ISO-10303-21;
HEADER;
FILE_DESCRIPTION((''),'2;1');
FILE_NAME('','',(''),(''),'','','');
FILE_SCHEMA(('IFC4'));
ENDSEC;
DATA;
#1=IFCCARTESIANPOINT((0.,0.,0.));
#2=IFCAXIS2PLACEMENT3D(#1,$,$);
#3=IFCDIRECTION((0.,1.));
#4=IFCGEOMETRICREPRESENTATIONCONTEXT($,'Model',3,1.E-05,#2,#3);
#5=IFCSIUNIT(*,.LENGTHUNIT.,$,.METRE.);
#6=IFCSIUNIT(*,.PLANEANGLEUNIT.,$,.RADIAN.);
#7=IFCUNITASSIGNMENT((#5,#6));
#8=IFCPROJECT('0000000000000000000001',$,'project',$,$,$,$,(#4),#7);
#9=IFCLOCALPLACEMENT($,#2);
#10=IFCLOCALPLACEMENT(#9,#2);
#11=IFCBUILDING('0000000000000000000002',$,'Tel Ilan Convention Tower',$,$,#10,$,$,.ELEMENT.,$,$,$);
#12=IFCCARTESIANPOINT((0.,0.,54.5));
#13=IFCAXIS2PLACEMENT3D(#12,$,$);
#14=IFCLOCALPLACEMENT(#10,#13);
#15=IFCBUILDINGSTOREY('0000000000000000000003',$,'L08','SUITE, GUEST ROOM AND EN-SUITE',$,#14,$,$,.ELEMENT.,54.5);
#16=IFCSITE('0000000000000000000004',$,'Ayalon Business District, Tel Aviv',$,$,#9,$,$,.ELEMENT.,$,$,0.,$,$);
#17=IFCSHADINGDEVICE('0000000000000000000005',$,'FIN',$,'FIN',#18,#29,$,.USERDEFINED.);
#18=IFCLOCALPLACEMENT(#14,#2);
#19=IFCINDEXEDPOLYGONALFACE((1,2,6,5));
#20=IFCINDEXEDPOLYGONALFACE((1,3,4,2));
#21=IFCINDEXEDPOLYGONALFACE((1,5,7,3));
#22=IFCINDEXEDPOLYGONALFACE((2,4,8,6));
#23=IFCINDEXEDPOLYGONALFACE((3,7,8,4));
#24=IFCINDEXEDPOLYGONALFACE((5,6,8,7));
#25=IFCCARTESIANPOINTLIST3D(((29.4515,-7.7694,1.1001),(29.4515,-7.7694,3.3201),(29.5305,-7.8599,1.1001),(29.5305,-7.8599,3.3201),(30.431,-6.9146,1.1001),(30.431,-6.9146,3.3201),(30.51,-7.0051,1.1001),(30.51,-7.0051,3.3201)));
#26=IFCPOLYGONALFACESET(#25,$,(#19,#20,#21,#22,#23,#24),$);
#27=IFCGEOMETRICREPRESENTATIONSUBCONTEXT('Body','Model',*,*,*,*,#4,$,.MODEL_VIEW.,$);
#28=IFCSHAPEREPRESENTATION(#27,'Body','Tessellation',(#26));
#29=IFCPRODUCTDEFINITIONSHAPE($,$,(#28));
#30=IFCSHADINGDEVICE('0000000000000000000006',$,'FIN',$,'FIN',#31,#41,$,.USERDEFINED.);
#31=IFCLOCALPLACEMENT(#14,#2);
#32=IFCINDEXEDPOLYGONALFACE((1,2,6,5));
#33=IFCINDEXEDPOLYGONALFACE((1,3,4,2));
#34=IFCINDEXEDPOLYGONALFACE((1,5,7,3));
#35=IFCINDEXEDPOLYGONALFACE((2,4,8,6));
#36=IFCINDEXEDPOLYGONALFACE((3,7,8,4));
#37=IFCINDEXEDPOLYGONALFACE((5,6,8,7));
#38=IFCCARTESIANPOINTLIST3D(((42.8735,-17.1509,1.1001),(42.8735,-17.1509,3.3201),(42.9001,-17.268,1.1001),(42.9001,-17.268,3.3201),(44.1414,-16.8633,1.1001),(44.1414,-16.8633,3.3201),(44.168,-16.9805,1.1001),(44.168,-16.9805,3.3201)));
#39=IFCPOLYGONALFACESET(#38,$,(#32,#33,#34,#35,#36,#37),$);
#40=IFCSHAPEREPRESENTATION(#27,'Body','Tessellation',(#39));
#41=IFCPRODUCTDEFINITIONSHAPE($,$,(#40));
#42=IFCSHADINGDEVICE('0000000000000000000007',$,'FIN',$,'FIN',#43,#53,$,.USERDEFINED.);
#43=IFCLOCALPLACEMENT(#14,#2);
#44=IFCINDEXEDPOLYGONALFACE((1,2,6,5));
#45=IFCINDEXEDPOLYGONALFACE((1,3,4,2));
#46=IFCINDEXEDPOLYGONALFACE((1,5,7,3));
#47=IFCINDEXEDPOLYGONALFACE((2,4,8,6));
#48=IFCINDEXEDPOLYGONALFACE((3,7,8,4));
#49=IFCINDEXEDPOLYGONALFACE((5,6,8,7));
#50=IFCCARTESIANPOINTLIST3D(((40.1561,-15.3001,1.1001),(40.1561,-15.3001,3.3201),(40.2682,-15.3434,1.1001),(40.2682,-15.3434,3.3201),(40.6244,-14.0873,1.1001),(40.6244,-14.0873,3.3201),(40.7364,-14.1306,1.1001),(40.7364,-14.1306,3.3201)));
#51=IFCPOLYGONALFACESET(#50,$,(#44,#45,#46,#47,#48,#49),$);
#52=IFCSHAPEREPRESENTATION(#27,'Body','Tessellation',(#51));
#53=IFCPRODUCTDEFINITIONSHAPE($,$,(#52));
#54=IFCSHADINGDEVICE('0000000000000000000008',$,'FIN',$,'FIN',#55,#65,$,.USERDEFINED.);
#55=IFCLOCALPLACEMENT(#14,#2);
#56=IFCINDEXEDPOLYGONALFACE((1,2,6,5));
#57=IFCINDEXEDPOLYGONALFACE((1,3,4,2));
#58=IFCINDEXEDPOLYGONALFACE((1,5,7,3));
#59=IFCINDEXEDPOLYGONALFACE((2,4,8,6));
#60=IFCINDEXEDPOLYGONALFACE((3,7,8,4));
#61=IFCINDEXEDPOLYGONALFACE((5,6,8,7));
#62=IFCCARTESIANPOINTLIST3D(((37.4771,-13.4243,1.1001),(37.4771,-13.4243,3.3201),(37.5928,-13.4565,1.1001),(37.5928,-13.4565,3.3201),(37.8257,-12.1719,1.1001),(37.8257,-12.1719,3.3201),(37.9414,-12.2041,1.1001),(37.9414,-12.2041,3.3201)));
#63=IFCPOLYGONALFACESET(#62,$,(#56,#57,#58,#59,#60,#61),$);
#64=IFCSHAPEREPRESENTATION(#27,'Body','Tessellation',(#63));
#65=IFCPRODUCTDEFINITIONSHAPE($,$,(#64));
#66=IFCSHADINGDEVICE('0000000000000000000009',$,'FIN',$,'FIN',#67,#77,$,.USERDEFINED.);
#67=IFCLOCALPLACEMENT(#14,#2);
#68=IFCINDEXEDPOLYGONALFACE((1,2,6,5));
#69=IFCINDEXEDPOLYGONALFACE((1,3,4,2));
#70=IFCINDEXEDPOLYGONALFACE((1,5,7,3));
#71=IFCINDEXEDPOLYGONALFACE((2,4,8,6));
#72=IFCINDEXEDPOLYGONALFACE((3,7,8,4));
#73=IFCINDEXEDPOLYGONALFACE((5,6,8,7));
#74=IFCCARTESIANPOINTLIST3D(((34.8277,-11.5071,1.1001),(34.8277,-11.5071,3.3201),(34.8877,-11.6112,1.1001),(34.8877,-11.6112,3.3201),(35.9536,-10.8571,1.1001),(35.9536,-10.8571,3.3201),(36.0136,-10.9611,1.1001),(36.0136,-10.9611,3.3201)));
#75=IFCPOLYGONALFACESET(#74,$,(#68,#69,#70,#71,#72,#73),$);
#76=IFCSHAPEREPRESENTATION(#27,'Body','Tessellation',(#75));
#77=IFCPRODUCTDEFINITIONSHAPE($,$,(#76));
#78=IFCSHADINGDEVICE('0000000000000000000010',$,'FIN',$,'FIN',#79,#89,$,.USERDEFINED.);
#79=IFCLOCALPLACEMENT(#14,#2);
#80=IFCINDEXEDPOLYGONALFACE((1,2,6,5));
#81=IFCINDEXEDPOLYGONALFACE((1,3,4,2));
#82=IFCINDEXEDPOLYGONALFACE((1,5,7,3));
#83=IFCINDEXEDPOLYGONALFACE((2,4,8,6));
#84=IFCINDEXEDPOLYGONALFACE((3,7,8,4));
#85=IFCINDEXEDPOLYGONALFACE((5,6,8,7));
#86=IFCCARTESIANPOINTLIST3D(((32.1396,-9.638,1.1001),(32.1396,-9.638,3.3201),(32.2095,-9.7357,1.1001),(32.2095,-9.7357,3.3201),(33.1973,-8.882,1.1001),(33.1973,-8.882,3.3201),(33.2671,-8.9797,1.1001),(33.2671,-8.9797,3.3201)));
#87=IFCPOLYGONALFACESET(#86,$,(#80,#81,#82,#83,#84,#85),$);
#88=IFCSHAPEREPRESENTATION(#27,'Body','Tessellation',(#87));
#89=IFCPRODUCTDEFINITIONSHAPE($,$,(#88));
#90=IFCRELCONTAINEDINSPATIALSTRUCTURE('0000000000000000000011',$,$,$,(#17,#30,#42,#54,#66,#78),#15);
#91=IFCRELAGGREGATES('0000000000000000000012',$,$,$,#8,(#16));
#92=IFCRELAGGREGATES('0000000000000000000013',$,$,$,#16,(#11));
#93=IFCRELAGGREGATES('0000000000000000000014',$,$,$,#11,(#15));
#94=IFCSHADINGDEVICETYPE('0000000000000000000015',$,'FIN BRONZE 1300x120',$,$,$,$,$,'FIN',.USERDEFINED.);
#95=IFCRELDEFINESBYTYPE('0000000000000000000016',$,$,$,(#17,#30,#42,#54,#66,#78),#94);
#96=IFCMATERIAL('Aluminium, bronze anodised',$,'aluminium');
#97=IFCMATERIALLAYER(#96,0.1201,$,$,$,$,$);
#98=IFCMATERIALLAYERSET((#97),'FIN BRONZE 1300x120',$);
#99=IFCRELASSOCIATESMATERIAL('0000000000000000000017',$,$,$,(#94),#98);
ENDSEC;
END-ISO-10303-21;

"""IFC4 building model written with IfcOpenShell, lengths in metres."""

from ifc_helpers import new_model, si_unit, direction, frame, origin, origin_2d, place, context, subcontext, project, spatial, rectangle, extrude, material, layer, layer_set, type_object, element, save


model = new_model("IFC4")

# Units and contexts
model_context = context("Model", 3, precision=1e-05, world=origin(), true_north=direction((0.0, 1.0)))
body_context = subcontext(model_context, "Body", "Model", "MODEL_VIEW")
ifc_project = project(units=[si_unit("LENGTHUNIT", "METRE"), si_unit("PLANEANGLEUNIT", "RADIAN")], contexts=[model_context])

# Site, building, storey
site_placement = place(None, origin())
site = spatial("IfcSite", under=ifc_project, at=site_placement, Name="Ayalon Business District, Tel Aviv", CompositionType="ELEMENT", RefElevation=0.0)
building_placement = place(site_placement, origin())
building = spatial("IfcBuilding", under=site, at=building_placement, Name="Tel Ilan Convention Tower", CompositionType="ELEMENT")
storey_placement = place(building_placement, frame((0.0, 0.0, 54.5)))
storey = spatial("IfcBuildingStorey", under=building, at=storey_placement, Name="L08", Description="SUITE, GUEST ROOM AND EN-SUITE", CompositionType="ELEMENT", Elevation=54.5)

# Shading devices
ifc_material_1 = material(Name="Aluminium, bronze anodised", Category="aluminium")
ifc_layer_1 = layer(ifc_material_1, 0.1201)
ifc_layer_set_1 = layer_set([ifc_layer_1], Name="FIN BRONZE 1300x120")
shading_device_type = type_object("IfcShadingDeviceType", Name="FIN BRONZE 1300x120", ElementType="FIN", PredefinedType="USERDEFINED", material=ifc_layer_set_1)
for number, where, z_axis, x_axis, name in (
    (1, (29.9807, -7.3872, 1.1001), (0.0, 0.0, 1.0), (0.753436, 0.657521, 0.0), "FIN"),
    (2, (43.5208, -17.0657, 1.1001), (0.0, 0.0, 1.0), (0.975235, 0.22117, 0.0), "FIN"),
    (3, (40.4463, -14.7153, 1.1001), (0.0, 0.0, 1.0), (0.360178, 0.932884, 0.0), "FIN"),
    (4, (37.7092, -12.8142, 1.1001), (0.0, 0.0, 1.0), (0.268173, 0.963371, 0.0), "FIN"),
    (5, (35.4207, -11.2341, 1.1001), (0.0, 0.0, 1.0), (0.866025, 0.5, 0.0), "FIN"),
    (6, (32.7034, -9.3088, 1.1001), (0.0, 0.0, 1.0), (0.813552, 0.581492, 0.0), "FIN"),
):
    element("IfcShadingDevice", number, at=place(storey_placement, frame(where, z_axis=z_axis, x_axis=x_axis)), inside=storey, type_object=shading_device_type, Name=name, ObjectType="FIN", PredefinedType="USERDEFINED", context=body_context, shape_type="SweptSolid", body=[
        extrude(rectangle(XDim=1.3, YDim=0.1201, at=origin_2d()), origin(), (0.0, 0.0, 1.0), 2.22),
    ])

save(model, "model.ifc")
